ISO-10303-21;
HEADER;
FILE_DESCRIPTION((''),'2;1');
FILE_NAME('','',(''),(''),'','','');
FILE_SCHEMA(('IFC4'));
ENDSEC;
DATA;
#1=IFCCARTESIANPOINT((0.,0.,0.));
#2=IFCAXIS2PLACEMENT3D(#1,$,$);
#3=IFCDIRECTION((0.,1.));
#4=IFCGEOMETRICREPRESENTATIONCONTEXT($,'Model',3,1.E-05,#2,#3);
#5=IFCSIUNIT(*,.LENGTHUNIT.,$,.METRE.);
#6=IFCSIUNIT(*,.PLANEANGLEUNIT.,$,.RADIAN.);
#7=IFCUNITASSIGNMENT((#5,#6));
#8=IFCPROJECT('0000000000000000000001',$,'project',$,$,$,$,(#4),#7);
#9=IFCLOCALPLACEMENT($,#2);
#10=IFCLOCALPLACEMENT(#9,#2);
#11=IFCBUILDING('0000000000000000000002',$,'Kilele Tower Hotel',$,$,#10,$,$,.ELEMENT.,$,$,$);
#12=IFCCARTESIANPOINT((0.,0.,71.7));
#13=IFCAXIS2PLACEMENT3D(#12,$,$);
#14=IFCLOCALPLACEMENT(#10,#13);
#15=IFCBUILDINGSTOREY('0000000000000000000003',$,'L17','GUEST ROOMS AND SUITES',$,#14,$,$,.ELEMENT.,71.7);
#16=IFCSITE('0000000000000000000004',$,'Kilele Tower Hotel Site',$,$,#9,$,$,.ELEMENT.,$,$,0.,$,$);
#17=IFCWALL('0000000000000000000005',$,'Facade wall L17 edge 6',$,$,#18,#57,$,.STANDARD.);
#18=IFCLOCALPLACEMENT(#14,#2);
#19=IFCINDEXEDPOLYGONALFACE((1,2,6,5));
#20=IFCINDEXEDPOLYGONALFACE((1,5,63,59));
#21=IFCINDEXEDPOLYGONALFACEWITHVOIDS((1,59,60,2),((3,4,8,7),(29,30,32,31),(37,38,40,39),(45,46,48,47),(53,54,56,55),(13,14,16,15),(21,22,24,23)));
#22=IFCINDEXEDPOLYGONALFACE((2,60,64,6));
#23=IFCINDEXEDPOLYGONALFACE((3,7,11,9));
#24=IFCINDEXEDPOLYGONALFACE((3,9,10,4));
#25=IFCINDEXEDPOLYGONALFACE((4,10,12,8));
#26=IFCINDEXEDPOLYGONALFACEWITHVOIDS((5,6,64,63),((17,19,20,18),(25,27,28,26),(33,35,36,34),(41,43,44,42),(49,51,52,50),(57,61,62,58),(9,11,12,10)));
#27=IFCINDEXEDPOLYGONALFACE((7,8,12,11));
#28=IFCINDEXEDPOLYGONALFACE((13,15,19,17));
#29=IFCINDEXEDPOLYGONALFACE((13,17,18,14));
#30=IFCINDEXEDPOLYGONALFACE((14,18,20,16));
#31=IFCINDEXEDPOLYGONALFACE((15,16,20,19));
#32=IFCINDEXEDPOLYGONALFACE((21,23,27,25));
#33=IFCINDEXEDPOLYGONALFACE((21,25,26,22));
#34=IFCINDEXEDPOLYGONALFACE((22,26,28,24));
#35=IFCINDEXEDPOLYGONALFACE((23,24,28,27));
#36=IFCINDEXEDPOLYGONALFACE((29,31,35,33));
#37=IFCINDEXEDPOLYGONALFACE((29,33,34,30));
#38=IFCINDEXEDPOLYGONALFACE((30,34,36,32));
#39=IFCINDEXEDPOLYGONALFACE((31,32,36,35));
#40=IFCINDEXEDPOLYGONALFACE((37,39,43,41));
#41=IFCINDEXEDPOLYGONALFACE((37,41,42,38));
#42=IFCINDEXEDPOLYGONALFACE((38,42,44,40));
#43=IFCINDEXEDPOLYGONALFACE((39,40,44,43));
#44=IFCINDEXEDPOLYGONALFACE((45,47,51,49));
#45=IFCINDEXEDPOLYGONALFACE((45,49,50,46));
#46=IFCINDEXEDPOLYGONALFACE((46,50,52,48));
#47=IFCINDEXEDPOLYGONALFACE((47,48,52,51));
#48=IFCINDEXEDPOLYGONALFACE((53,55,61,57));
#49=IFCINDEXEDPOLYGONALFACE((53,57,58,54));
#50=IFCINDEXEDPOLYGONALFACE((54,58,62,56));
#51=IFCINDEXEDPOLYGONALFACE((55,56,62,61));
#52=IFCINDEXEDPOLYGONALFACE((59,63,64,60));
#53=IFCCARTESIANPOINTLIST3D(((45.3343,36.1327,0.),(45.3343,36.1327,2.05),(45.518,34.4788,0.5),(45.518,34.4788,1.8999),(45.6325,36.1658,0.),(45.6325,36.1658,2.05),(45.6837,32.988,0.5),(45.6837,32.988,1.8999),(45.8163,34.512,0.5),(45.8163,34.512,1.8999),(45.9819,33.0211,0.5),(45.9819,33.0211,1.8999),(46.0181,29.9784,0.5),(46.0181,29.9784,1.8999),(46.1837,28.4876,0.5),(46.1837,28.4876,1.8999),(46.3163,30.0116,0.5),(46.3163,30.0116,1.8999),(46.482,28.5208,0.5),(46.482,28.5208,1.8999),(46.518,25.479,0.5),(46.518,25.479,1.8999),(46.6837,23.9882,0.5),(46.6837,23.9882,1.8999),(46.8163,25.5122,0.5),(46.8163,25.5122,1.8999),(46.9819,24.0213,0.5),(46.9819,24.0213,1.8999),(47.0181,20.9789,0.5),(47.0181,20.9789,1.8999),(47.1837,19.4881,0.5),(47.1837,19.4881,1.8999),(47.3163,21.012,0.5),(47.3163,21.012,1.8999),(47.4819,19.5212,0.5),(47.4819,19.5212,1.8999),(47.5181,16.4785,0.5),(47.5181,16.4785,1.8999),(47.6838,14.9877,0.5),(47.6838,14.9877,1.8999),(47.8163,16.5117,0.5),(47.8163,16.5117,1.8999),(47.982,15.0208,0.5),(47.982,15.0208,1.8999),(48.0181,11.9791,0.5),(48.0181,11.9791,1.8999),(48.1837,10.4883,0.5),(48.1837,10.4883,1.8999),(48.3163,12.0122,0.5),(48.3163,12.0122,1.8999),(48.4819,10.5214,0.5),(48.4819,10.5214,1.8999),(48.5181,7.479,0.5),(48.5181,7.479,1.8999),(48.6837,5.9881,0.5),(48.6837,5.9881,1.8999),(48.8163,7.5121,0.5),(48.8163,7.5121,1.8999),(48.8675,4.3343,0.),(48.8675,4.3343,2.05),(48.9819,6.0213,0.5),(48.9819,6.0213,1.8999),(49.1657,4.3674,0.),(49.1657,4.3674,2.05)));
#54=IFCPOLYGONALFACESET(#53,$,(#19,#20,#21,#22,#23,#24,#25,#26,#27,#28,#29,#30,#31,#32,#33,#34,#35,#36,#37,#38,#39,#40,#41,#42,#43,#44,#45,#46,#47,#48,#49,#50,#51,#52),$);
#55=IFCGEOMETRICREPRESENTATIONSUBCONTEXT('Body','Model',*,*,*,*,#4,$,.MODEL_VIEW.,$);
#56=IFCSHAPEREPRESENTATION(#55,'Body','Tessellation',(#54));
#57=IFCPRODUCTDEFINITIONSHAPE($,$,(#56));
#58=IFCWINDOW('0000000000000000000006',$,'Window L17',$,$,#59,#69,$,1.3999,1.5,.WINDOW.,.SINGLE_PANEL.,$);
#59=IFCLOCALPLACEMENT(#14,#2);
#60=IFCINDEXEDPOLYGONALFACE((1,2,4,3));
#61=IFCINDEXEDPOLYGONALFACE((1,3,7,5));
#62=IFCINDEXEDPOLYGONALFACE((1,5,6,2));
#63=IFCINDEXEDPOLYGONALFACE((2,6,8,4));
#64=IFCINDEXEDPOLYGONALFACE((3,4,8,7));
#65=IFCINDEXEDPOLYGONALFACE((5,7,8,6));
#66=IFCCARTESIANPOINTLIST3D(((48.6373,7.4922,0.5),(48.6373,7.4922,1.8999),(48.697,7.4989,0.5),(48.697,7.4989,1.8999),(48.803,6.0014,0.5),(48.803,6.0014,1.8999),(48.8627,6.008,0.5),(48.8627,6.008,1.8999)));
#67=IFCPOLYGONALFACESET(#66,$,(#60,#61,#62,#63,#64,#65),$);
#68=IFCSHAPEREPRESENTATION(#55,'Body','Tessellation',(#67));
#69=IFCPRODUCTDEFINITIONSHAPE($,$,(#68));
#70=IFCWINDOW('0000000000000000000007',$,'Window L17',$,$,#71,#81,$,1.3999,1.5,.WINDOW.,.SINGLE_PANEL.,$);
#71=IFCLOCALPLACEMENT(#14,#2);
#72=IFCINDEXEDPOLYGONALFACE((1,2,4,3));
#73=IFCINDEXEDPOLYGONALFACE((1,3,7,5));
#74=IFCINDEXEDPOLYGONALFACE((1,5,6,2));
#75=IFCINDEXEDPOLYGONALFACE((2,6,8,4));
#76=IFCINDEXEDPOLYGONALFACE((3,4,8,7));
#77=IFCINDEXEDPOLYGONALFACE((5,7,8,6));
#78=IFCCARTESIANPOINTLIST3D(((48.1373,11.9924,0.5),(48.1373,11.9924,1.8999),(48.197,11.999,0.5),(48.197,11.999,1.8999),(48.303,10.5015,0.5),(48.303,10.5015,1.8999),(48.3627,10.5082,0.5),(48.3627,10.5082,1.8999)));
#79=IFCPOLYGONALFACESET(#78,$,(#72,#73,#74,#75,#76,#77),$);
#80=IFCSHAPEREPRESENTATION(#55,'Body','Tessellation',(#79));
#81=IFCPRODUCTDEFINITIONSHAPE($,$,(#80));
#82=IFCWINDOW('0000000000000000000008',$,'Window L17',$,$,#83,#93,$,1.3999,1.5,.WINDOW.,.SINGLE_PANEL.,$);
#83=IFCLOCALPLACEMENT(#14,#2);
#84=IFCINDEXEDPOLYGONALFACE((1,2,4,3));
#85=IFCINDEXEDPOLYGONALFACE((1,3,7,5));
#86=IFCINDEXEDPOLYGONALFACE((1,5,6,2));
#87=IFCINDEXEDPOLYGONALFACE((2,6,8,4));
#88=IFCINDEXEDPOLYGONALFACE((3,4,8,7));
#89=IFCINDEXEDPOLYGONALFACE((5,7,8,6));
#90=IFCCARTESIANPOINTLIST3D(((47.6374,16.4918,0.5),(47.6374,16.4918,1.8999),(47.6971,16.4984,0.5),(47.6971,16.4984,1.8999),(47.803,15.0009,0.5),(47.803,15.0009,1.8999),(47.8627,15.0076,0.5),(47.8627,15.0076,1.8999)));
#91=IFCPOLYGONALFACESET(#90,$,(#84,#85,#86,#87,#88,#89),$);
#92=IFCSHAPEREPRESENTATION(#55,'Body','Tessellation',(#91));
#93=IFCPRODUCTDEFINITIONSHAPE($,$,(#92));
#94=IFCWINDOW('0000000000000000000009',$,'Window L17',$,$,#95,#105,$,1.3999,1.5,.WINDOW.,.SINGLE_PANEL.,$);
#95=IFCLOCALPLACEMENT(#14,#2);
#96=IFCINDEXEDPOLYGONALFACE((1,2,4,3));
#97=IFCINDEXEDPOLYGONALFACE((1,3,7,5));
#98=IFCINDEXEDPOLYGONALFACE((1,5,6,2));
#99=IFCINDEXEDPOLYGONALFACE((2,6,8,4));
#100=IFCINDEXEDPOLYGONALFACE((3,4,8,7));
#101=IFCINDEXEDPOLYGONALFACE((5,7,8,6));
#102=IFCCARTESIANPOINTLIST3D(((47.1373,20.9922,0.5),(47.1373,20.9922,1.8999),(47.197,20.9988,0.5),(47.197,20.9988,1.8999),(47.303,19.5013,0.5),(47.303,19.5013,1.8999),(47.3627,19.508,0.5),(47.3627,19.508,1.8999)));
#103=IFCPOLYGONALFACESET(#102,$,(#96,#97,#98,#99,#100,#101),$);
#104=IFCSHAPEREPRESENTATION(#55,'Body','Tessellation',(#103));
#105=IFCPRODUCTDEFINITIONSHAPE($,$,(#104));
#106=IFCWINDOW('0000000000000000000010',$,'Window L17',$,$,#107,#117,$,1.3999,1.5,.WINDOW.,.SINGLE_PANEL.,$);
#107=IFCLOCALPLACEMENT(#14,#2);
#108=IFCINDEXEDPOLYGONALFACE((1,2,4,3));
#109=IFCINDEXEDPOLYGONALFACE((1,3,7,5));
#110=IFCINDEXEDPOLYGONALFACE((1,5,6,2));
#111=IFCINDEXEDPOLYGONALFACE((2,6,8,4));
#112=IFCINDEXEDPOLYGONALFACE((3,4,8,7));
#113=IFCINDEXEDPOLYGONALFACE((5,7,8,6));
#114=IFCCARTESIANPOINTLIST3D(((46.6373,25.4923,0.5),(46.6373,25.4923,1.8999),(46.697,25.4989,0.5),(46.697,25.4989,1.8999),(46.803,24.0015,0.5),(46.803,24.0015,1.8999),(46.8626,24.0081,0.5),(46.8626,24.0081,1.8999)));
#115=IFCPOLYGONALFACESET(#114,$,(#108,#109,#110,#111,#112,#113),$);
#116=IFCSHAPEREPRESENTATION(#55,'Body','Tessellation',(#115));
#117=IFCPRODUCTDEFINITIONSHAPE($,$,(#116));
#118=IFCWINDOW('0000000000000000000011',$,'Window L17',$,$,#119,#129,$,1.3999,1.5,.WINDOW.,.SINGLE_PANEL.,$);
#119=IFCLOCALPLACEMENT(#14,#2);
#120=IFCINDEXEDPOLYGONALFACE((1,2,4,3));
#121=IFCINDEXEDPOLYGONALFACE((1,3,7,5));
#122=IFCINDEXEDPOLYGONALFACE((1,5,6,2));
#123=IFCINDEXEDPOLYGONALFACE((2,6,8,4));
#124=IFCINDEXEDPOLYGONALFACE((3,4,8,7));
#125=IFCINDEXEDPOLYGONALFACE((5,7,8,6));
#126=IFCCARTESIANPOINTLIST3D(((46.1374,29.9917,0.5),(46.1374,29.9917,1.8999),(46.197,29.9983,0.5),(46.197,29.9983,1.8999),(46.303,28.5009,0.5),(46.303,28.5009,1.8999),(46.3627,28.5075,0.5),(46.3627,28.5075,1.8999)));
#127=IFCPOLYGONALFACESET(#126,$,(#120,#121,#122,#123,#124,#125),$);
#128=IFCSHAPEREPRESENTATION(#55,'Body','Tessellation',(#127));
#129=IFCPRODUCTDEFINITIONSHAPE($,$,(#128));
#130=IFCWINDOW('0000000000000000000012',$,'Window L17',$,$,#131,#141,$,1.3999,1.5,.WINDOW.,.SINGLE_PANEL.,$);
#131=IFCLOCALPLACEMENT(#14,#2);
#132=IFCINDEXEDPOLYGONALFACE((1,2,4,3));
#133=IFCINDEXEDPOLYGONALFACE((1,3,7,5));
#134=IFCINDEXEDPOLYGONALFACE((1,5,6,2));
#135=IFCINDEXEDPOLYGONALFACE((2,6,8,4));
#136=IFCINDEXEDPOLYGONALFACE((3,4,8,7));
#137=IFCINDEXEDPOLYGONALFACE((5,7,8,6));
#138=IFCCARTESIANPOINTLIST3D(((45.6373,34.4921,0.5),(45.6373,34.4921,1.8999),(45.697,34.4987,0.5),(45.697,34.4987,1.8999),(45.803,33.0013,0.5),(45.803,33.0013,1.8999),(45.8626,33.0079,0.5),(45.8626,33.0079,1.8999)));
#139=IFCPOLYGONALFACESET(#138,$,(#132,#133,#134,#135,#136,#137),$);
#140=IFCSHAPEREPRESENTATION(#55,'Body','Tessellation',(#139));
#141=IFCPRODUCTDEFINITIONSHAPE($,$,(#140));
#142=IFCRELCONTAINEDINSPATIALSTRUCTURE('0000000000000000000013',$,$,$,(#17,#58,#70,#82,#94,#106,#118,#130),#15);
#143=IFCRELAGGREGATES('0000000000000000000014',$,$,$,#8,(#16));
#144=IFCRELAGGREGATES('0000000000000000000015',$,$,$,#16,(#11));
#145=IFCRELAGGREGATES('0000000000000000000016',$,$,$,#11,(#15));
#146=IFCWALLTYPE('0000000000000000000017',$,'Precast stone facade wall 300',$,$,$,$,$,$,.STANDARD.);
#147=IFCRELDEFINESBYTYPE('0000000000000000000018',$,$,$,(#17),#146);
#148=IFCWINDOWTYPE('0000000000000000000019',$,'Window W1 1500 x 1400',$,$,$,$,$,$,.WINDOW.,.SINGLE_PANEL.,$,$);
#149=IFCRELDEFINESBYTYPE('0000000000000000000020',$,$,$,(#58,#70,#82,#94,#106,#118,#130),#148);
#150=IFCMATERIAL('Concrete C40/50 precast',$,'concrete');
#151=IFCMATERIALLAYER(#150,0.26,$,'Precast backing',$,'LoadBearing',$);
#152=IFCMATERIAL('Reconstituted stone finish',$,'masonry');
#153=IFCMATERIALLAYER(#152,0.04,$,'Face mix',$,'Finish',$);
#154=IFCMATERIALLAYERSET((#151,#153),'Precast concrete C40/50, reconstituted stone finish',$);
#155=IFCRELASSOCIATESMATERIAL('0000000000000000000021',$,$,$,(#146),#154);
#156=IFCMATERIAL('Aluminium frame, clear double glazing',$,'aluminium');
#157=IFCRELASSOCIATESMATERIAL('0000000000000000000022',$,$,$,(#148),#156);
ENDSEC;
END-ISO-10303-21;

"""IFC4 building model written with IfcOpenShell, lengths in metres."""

from ifc_helpers import new_model, si_unit, direction, frame, frame_2d, origin, place, context, subcontext, project, spatial, rectangle, extrude, material, layer, layer_set, type_object, element, fill, save


model = new_model("IFC4")

# Units and contexts
model_context = context("Model", 3, precision=1e-05, world=origin(), true_north=direction((0.0, 1.0)))
body_context = subcontext(model_context, "Body", "Model", "MODEL_VIEW")
ifc_project = project(units=[si_unit("LENGTHUNIT", "METRE"), si_unit("PLANEANGLEUNIT", "RADIAN")], contexts=[model_context])

# Site, building, storey
site_placement = place(None, origin())
site = spatial("IfcSite", under=ifc_project, at=site_placement, Name="Kilele Tower Hotel Site", CompositionType="ELEMENT", RefElevation=0.0)
building_placement = place(site_placement, origin())
building = spatial("IfcBuilding", under=site, at=building_placement, Name="Kilele Tower Hotel", CompositionType="ELEMENT")
storey_placement = place(building_placement, frame((0.0, 0.0, 71.7)))
storey = spatial("IfcBuildingStorey", under=building, at=storey_placement, Name="L17", Description="GUEST ROOMS AND SUITES", CompositionType="ELEMENT", Elevation=71.7)

# Shared definitions
ifc_material_1 = material(Name="Concrete C40/50 precast", Category="concrete")
ifc_layer_1 = layer(ifc_material_1, 0.26, Name="Precast backing", Category="LoadBearing")
ifc_material_2 = material(Name="Reconstituted stone finish", Category="masonry")
ifc_layer_2 = layer(ifc_material_2, 0.04, Name="Face mix", Category="Finish")
ifc_layer_set_1 = layer_set([ifc_layer_1, ifc_layer_2], Name="Precast concrete C40/50, reconstituted stone finish")
wall_type_1 = type_object("IfcWallType", Name="Precast stone facade wall 300", PredefinedType="STANDARD", material=ifc_layer_set_1)
ifc_material_3 = material(Name="Aluminium frame, clear double glazing", Category="aluminium")
window_type = type_object("IfcWindowType", Name="Window W1 1500 x 1400", PartitioningType="SINGLE_PANEL", PredefinedType="WINDOW", material=ifc_material_3)

# Wall, openings, windows
wall_1_placement = place(storey_placement, frame((49.0166, 4.3508, 0.0), z_axis=(0.0, 0.0, 1.0), x_axis=(-0.110433, 0.993884, 0.0)))
wall_1 = element("IfcWall", 1, at=wall_1_placement, inside=storey, type_object=wall_type_1, Name="Facade wall L17 edge 6", PredefinedType="STANDARD", context=body_context, shape_type="SweptSolid", body=[
    extrude(rectangle(XDim=31.9941, YDim=0.3, at=frame_2d((15.9971, 0.0))), origin(), (0.0, 0.0, 1.0), 2.05),
])
opening_1_placement = place(wall_1_placement, frame((1.6641, 0.0, 0.5)))
opening_1 = element("IfcOpeningElement", 2, at=opening_1_placement, cuts=wall_1, PredefinedType="OPENING", context=body_context, shape_type="SweptSolid", body=[
    extrude(rectangle(XDim=1.5, YDim=1.3999, at=frame_2d((0.75, 0.7))), frame((0.0, 0.1599, 0.0), z_axis=(0.0, -1.0, 0.0), x_axis=(1.0, 0.0, 0.0)), (0.0, 0.0, 1.0), 0.3201),
])
opening_2_placement = place(wall_1_placement, frame((6.1919, 0.0, 0.5)))
opening_2 = element("IfcOpeningElement", 3, at=opening_2_placement, cuts=wall_1, PredefinedType="OPENING", context=body_context, shape_type="SweptSolid", body=[
    extrude(rectangle(XDim=1.5, YDim=1.3999, at=frame_2d((0.75, 0.7))), frame((0.0, 0.1599, 0.0), z_axis=(0.0, -1.0, 0.0), x_axis=(1.0, 0.0, 0.0)), (0.0, 0.0, 1.0), 0.3201),
])
opening_3_placement = place(wall_1_placement, frame((10.719, 0.0, 0.5)))
opening_3 = element("IfcOpeningElement", 4, at=opening_3_placement, cuts=wall_1, PredefinedType="OPENING", context=body_context, shape_type="SweptSolid", body=[
    extrude(rectangle(XDim=1.5, YDim=1.3999, at=frame_2d((0.75, 0.7))), frame((0.0, 0.1599, 0.0), z_axis=(0.0, -1.0, 0.0), x_axis=(1.0, 0.0, 0.0)), (0.0, 0.0, 1.0), 0.3201),
])
opening_4_placement = place(wall_1_placement, frame((15.2471, 0.0, 0.5)))
opening_4 = element("IfcOpeningElement", 5, at=opening_4_placement, cuts=wall_1, PredefinedType="OPENING", context=body_context, shape_type="SweptSolid", body=[
    extrude(rectangle(XDim=1.5, YDim=1.3999, at=frame_2d((0.75, 0.7))), frame((0.0, 0.1599, 0.0), z_axis=(0.0, -1.0, 0.0), x_axis=(1.0, 0.0, 0.0)), (0.0, 0.0, 1.0), 0.3201),
])
opening_5_placement = place(wall_1_placement, frame((19.7749, 0.0, 0.5)))
opening_5 = element("IfcOpeningElement", 6, at=opening_5_placement, cuts=wall_1, PredefinedType="OPENING", context=body_context, shape_type="SweptSolid", body=[
    extrude(rectangle(XDim=1.5, YDim=1.3999, at=frame_2d((0.75, 0.7))), frame((0.0, 0.1599, 0.0), z_axis=(0.0, -1.0, 0.0), x_axis=(1.0, 0.0, 0.0)), (0.0, 0.0, 1.0), 0.3201),
])
opening_6_placement = place(wall_1_placement, frame((24.302, 0.0, 0.5)))
opening_6 = element("IfcOpeningElement", 7, at=opening_6_placement, cuts=wall_1, PredefinedType="OPENING", context=body_context, shape_type="SweptSolid", body=[
    extrude(rectangle(XDim=1.5, YDim=1.3999, at=frame_2d((0.75, 0.7))), frame((0.0, 0.1599, 0.0), z_axis=(0.0, -1.0, 0.0), x_axis=(1.0, 0.0, 0.0)), (0.0, 0.0, 1.0), 0.3201),
])
opening_7_placement = place(wall_1_placement, frame((28.8301, 0.0, 0.5)))
opening_7 = element("IfcOpeningElement", 8, at=opening_7_placement, cuts=wall_1, PredefinedType="OPENING", context=body_context, shape_type="SweptSolid", body=[
    extrude(rectangle(XDim=1.5, YDim=1.3999, at=frame_2d((0.75, 0.7))), frame((0.0, 0.1599, 0.0), z_axis=(0.0, -1.0, 0.0), x_axis=(1.0, 0.0, 0.0)), (0.0, 0.0, 1.0), 0.3201),
])
window_1_placement = place(opening_1_placement, origin())
window_1 = element("IfcWindow", 9, at=window_1_placement, inside=storey, type_object=window_type, Name="Window L17", OverallHeight=1.3999, OverallWidth=1.5, PartitioningType="SINGLE_PANEL", PredefinedType="WINDOW", context=body_context, shape_type="SweptSolid", body=[
    extrude(rectangle(XDim=1.5, YDim=1.3999, at=frame_2d((0.75, 0.7))), frame((0.0, 0.03, 0.0), z_axis=(0.0, -1.0, 0.0), x_axis=(1.0, 0.0, 0.0)), (0.0, 0.0, 1.0), 0.0601),
])
fill(opening_1, window_1)
window_2_placement = place(opening_2_placement, origin())
window_2 = element("IfcWindow", 10, at=window_2_placement, inside=storey, type_object=window_type, Name="Window L17", OverallHeight=1.3999, OverallWidth=1.5, PartitioningType="SINGLE_PANEL", PredefinedType="WINDOW", context=body_context, shape_type="SweptSolid", body=[
    extrude(rectangle(XDim=1.5, YDim=1.3999, at=frame_2d((0.75, 0.7))), frame((0.0, 0.03, 0.0), z_axis=(0.0, -1.0, 0.0), x_axis=(1.0, 0.0, 0.0)), (0.0, 0.0, 1.0), 0.0601),
])
fill(opening_2, window_2)
window_3_placement = place(opening_3_placement, origin())
window_3 = element("IfcWindow", 11, at=window_3_placement, inside=storey, type_object=window_type, Name="Window L17", OverallHeight=1.3999, OverallWidth=1.5, PartitioningType="SINGLE_PANEL", PredefinedType="WINDOW", context=body_context, shape_type="SweptSolid", body=[
    extrude(rectangle(XDim=1.5, YDim=1.3999, at=frame_2d((0.75, 0.7))), frame((0.0, 0.03, 0.0), z_axis=(0.0, -1.0, 0.0), x_axis=(1.0, 0.0, 0.0)), (0.0, 0.0, 1.0), 0.0601),
])
fill(opening_3, window_3)
window_4_placement = place(opening_4_placement, origin())
window_4 = element("IfcWindow", 12, at=window_4_placement, inside=storey, type_object=window_type, Name="Window L17", OverallHeight=1.3999, OverallWidth=1.5, PartitioningType="SINGLE_PANEL", PredefinedType="WINDOW", context=body_context, shape_type="SweptSolid", body=[
    extrude(rectangle(XDim=1.5, YDim=1.3999, at=frame_2d((0.75, 0.7))), frame((0.0, 0.03, 0.0), z_axis=(0.0, -1.0, 0.0), x_axis=(1.0, 0.0, 0.0)), (0.0, 0.0, 1.0), 0.0601),
])
fill(opening_4, window_4)
window_5_placement = place(opening_5_placement, origin())
window_5 = element("IfcWindow", 13, at=window_5_placement, inside=storey, type_object=window_type, Name="Window L17", OverallHeight=1.3999, OverallWidth=1.5, PartitioningType="SINGLE_PANEL", PredefinedType="WINDOW", context=body_context, shape_type="SweptSolid", body=[
    extrude(rectangle(XDim=1.5, YDim=1.3999, at=frame_2d((0.75, 0.7))), frame((0.0, 0.03, 0.0), z_axis=(0.0, -1.0, 0.0), x_axis=(1.0, 0.0, 0.0)), (0.0, 0.0, 1.0), 0.0601),
])
fill(opening_5, window_5)
window_6_placement = place(opening_6_placement, origin())
window_6 = element("IfcWindow", 14, at=window_6_placement, inside=storey, type_object=window_type, Name="Window L17", OverallHeight=1.3999, OverallWidth=1.5, PartitioningType="SINGLE_PANEL", PredefinedType="WINDOW", context=body_context, shape_type="SweptSolid", body=[
    extrude(rectangle(XDim=1.5, YDim=1.3999, at=frame_2d((0.75, 0.7))), frame((0.0, 0.03, 0.0), z_axis=(0.0, -1.0, 0.0), x_axis=(1.0, 0.0, 0.0)), (0.0, 0.0, 1.0), 0.0601),
])
fill(opening_6, window_6)
window_7_placement = place(opening_7_placement, origin())
window_7 = element("IfcWindow", 15, at=window_7_placement, inside=storey, type_object=window_type, Name="Window L17", OverallHeight=1.3999, OverallWidth=1.5, PartitioningType="SINGLE_PANEL", PredefinedType="WINDOW", context=body_context, shape_type="SweptSolid", body=[
    extrude(rectangle(XDim=1.5, YDim=1.3999, at=frame_2d((0.75, 0.7))), frame((0.0, 0.03, 0.0), z_axis=(0.0, -1.0, 0.0), x_axis=(1.0, 0.0, 0.0)), (0.0, 0.0, 1.0), 0.0601),
])
fill(opening_7, window_7)

save(model, "model.ifc")
